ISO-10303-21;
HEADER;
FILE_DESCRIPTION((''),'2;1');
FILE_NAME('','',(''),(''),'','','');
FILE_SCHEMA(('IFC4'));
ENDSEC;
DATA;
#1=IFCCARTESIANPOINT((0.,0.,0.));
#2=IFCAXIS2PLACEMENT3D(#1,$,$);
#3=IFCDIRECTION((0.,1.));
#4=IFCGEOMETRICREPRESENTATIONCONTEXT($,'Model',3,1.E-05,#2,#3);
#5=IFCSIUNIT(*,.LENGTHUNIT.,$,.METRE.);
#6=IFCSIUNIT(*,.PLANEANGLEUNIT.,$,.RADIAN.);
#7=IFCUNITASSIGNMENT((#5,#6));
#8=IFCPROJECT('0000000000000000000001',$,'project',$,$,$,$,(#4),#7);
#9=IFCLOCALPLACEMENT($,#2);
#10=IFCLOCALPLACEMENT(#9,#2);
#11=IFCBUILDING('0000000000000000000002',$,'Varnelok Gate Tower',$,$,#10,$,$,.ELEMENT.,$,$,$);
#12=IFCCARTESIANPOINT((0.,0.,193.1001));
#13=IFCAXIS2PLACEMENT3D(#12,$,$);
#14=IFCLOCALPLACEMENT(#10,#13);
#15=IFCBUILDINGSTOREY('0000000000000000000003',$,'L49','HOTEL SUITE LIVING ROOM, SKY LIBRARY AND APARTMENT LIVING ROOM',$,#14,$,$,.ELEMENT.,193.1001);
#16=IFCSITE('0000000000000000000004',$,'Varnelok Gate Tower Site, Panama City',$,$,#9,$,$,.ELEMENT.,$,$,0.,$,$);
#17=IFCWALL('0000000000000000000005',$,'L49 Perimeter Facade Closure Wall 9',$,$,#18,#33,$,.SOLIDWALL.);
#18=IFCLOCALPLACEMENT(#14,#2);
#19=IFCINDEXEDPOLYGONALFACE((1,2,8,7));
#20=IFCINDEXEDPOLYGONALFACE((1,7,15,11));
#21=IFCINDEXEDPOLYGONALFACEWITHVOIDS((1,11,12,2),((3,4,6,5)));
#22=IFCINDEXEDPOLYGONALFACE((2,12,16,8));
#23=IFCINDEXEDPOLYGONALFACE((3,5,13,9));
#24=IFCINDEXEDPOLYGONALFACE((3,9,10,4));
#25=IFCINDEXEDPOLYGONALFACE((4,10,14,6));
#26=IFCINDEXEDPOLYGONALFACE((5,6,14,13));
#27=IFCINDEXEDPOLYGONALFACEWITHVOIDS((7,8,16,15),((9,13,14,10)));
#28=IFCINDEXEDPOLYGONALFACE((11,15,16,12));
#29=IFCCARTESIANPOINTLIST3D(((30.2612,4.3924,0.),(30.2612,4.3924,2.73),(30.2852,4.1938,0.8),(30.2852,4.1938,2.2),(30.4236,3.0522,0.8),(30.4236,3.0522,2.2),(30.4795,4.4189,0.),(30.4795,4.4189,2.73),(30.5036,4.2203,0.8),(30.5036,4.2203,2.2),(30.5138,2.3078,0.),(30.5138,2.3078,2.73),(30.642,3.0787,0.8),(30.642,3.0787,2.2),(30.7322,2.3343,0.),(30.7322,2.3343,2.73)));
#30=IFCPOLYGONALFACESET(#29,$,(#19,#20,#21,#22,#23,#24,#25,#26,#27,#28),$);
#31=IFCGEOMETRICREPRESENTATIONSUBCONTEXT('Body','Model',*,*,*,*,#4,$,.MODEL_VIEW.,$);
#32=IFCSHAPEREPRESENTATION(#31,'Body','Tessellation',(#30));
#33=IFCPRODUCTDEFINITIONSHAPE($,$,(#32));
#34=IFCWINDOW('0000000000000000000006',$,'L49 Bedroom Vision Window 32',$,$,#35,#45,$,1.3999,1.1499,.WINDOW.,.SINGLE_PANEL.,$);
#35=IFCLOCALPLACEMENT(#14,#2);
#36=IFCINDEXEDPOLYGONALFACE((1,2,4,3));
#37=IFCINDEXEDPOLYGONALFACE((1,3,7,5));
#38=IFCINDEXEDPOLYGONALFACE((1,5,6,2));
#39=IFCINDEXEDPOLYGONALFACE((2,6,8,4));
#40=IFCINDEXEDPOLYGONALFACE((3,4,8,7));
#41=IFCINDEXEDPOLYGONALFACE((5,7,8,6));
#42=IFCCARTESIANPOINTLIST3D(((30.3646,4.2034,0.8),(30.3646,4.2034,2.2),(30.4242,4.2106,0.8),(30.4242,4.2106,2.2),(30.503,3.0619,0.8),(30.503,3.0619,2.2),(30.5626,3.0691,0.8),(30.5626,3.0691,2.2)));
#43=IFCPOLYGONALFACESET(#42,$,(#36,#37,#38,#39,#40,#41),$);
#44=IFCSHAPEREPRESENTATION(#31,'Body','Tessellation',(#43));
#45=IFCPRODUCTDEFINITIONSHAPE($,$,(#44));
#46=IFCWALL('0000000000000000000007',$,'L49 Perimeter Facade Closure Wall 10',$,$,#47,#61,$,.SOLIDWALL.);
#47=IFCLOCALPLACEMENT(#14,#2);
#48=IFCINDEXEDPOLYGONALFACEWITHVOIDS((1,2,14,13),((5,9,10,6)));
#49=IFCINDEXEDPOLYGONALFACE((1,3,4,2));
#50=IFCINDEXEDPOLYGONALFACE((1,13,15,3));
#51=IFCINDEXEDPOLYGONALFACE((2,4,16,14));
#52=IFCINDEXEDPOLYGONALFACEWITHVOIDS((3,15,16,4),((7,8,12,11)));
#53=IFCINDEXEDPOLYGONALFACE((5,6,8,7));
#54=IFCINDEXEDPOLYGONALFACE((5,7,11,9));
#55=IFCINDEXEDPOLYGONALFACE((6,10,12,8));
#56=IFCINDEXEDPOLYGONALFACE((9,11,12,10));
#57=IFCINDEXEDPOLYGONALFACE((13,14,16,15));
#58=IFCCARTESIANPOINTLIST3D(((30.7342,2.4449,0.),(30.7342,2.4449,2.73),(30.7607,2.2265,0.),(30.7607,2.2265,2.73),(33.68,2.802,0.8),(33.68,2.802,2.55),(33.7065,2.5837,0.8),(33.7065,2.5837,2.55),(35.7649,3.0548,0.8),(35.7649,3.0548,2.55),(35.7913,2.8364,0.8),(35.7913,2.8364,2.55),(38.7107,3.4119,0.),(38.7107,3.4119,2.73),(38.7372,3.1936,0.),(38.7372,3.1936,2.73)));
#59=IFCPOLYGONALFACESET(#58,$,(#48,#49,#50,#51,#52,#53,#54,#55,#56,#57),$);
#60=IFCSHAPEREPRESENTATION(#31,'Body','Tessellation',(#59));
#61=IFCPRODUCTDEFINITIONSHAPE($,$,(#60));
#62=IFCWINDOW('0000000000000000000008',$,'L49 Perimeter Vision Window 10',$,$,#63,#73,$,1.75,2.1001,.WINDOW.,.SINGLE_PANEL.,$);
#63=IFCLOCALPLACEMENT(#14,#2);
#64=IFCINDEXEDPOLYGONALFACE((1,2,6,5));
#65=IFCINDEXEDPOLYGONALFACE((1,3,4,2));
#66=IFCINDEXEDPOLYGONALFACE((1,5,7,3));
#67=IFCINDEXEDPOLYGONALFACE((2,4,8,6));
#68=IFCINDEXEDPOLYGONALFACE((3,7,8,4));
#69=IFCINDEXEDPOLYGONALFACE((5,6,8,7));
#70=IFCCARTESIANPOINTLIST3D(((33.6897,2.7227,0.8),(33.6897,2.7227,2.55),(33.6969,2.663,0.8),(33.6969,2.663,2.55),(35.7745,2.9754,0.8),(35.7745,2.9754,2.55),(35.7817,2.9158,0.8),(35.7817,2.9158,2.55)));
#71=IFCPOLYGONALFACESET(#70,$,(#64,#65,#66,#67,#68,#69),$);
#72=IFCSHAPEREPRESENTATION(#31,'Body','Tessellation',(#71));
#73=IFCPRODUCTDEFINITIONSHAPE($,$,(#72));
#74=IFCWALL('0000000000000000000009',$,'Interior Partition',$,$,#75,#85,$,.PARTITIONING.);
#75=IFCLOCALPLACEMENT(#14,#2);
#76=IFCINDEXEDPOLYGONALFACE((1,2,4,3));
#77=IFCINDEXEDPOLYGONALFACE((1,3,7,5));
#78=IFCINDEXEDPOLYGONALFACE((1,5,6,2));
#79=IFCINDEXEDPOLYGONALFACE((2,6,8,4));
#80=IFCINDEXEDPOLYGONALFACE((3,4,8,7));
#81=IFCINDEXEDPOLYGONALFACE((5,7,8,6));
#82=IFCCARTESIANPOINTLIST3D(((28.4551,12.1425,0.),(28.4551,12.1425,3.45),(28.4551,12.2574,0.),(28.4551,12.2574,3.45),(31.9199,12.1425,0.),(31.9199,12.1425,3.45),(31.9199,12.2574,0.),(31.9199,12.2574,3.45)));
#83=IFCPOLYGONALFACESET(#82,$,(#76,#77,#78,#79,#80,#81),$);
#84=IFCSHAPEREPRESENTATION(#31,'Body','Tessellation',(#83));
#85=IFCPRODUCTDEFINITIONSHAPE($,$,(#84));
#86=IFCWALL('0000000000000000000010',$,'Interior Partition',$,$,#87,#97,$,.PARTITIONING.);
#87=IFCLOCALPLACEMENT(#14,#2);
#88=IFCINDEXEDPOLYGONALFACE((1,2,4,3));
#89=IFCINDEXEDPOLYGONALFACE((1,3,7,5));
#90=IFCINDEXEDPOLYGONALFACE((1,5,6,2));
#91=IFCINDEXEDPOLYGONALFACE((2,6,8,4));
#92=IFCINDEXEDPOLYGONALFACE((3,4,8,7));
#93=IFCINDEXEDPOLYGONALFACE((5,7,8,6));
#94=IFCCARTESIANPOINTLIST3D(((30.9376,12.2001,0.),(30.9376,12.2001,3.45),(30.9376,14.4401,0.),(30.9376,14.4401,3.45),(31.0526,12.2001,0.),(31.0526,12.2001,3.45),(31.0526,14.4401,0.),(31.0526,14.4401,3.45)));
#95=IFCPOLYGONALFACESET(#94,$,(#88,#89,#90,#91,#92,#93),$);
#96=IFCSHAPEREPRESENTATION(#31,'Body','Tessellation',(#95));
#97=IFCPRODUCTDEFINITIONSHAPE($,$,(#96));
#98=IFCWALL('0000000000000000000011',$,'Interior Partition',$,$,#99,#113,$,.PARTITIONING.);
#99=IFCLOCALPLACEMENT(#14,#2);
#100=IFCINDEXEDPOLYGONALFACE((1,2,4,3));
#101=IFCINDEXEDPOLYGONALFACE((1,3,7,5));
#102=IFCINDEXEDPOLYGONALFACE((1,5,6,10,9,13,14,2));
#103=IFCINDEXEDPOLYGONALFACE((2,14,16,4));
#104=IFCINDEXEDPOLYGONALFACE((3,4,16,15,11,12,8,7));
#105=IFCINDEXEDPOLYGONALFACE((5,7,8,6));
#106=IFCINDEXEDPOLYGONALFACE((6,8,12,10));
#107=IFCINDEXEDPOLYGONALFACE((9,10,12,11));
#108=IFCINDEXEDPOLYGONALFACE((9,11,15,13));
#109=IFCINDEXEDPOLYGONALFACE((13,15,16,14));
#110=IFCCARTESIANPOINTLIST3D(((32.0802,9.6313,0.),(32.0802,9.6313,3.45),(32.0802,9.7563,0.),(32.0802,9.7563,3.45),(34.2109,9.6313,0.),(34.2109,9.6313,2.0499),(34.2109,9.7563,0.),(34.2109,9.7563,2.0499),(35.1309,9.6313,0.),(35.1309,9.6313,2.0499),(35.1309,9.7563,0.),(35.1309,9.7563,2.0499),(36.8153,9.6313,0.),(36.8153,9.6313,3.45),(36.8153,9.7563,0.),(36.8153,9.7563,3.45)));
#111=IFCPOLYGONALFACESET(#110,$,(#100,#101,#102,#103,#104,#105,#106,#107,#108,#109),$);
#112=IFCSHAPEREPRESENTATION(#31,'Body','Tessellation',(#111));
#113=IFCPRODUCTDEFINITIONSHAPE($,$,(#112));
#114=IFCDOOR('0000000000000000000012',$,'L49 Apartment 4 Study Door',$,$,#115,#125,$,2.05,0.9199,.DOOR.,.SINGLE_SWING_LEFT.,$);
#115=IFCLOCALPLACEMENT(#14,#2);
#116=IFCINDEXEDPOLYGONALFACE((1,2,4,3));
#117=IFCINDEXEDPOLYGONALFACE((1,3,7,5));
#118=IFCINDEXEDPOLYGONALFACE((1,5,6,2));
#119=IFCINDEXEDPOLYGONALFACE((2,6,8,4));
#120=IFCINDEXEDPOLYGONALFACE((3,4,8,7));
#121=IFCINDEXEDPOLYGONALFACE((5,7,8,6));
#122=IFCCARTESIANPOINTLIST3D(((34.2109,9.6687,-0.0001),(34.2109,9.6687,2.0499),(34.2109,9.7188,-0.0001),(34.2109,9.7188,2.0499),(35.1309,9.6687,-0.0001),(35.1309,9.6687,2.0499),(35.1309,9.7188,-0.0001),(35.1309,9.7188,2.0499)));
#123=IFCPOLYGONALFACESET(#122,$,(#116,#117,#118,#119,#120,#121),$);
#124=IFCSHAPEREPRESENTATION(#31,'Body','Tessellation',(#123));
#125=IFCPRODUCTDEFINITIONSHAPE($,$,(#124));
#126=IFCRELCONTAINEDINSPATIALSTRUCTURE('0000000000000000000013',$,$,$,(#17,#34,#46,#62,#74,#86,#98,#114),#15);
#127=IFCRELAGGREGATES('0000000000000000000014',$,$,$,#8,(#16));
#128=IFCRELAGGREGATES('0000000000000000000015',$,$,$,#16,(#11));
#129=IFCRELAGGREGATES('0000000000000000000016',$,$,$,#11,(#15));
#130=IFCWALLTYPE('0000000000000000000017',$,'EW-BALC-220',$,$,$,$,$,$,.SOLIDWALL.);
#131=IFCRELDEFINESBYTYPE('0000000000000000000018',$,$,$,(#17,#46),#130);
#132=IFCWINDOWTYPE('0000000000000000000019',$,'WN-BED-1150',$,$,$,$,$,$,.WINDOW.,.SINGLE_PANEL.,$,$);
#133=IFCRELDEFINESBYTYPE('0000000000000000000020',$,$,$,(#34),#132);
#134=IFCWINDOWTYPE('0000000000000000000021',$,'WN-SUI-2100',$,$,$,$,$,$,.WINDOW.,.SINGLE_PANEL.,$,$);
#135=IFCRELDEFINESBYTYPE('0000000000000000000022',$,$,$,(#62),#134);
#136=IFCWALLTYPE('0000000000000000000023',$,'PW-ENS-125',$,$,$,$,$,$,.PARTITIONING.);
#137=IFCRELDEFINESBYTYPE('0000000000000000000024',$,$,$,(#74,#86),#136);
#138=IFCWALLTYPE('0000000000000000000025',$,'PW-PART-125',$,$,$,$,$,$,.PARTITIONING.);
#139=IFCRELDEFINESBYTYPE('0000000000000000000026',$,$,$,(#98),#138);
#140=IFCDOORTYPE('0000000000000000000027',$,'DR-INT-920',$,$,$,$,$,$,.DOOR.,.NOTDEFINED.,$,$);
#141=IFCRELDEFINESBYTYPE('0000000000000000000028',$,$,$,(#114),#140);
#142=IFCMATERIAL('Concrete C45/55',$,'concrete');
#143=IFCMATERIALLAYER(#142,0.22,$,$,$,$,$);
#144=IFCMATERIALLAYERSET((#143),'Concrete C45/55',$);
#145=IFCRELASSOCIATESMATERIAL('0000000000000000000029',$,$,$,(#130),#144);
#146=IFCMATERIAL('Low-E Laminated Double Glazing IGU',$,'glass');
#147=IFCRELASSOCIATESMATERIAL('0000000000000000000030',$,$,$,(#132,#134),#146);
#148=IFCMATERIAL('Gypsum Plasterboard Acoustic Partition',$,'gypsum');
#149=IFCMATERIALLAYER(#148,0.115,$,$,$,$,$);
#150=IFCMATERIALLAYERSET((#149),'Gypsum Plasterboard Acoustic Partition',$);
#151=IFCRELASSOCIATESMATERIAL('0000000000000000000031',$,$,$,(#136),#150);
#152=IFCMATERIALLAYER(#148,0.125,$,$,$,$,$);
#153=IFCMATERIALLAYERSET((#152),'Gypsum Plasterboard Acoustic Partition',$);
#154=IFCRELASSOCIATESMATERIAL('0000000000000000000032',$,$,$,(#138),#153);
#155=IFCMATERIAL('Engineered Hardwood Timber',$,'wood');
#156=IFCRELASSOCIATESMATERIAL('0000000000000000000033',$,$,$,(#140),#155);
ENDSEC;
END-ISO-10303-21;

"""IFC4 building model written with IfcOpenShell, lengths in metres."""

from ifc_helpers import new_model, si_unit, direction, frame, frame_2d, origin, place, context, subcontext, project, spatial, rectangle, extrude, material, layer, layer_set, type_object, element, fill, save


model = new_model("IFC4")

# Units and contexts
model_context = context("Model", 3, precision=1e-05, world=origin(), true_north=direction((0.0, 1.0)))
body_context = subcontext(model_context, "Body", "Model", "MODEL_VIEW")
ifc_project = project(units=[si_unit("LENGTHUNIT", "METRE"), si_unit("PLANEANGLEUNIT", "RADIAN")], contexts=[model_context])

# Site, building, storey
site_placement = place(None, origin())
site = spatial("IfcSite", under=ifc_project, at=site_placement, Name="Varnelok Gate Tower Site, Panama City", CompositionType="ELEMENT", RefElevation=0.0)
building_placement = place(site_placement, origin())
building = spatial("IfcBuilding", under=site, at=building_placement, Name="Varnelok Gate Tower", CompositionType="ELEMENT")
storey_placement = place(building_placement, frame((0.0, 0.0, 193.1001)))
storey = spatial("IfcBuildingStorey", under=building, at=storey_placement, Name="L49", Description="HOTEL SUITE LIVING ROOM, SKY LIBRARY AND APARTMENT LIVING ROOM", CompositionType="ELEMENT", Elevation=193.1001)

# Shared definitions
ifc_material_1 = material(Name="Concrete C45/55", Category="concrete")
ifc_layer_1 = layer(ifc_material_1, 0.22)
ifc_layer_set_1 = layer_set([ifc_layer_1], Name="Concrete C45/55")
wall_type_1 = type_object("IfcWallType", Name="EW-BALC-220", PredefinedType="SOLIDWALL", material=ifc_layer_set_1)

# Walls, openings, windows
wall_1_placement = place(storey_placement, frame((30.3704, 4.4055, 0.0), z_axis=(0.0, 0.0, 1.0), x_axis=(0.120328, -0.992734, 0.0)))
wall_1 = element("IfcWall", 1, at=wall_1_placement, inside=storey, type_object=wall_type_1, Name="L49 Perimeter Facade Closure Wall 9", PredefinedType="SOLIDWALL", context=body_context, shape_type="SweptSolid", body=[
    extrude(rectangle(XDim=2.0999, YDim=0.22, at=frame_2d((1.0498, 0.0))), origin(), (0.0, 0.0, 1.0), 2.73),
])
opening_1_placement = place(wall_1_placement, frame((0.2, 0.0, 0.8)))
opening_1 = element("IfcOpeningElement", 2, at=opening_1_placement, cuts=wall_1, PredefinedType="OPENING", context=body_context, shape_type="SweptSolid", body=[
    extrude(rectangle(XDim=1.1499, YDim=1.3999, at=frame_2d((0.575, 0.7))), frame((0.0, 0.1199, 0.0), z_axis=(0.0, -1.0, 0.0), x_axis=(1.0, 0.0, 0.0)), (0.0, 0.0, 1.0), 0.24),
])
ifc_material_2 = material(Name="Low-E Laminated Double Glazing IGU", Category="glass")
window_type_1 = type_object("IfcWindowType", Name="WN-BED-1150", PartitioningType="SINGLE_PANEL", PredefinedType="WINDOW", material=ifc_material_2)
window_1_placement = place(opening_1_placement, origin())
window_1 = element("IfcWindow", 3, at=window_1_placement, inside=storey, type_object=window_type_1, Name="L49 Bedroom Vision Window 32", OverallHeight=1.3999, OverallWidth=1.1499, PartitioningType="SINGLE_PANEL", PredefinedType="WINDOW", context=body_context, shape_type="SweptSolid", body=[
    extrude(rectangle(XDim=1.1499, YDim=1.3999, at=frame_2d((0.575, 0.7))), frame((0.0, 0.03, 0.0), z_axis=(0.0, -1.0, 0.0), x_axis=(1.0, 0.0, 0.0)), (0.0, 0.0, 1.0), 0.0601),
])
fill(opening_1, window_1)
wall_2_placement = place(storey_placement, frame((30.7473, 2.3357, 0.0), z_axis=(0.0, 0.0, 1.0), x_axis=(0.992731, 0.120354, 0.0)))
wall_2 = element("IfcWall", 4, at=wall_2_placement, inside=storey, type_object=wall_type_1, Name="L49 Perimeter Facade Closure Wall 10", PredefinedType="SOLIDWALL", context=body_context, shape_type="SweptSolid", body=[
    extrude(rectangle(XDim=8.0349, YDim=0.22, at=frame_2d((4.0176, 0.0))), origin(), (0.0, 0.0, 1.0), 2.73),
])
opening_2_placement = place(wall_2_placement, frame((2.9675, 0.0, 0.8)))
opening_2 = element("IfcOpeningElement", 5, at=opening_2_placement, cuts=wall_2, PredefinedType="OPENING", context=body_context, shape_type="SweptSolid", body=[
    extrude(rectangle(XDim=2.1001, YDim=1.75, at=frame_2d((1.05, 0.875))), frame((0.0, 0.1199, 0.0), z_axis=(0.0, -1.0, 0.0), x_axis=(1.0, 0.0, 0.0)), (0.0, 0.0, 1.0), 0.24),
])
window_type_2 = type_object("IfcWindowType", Name="WN-SUI-2100", PartitioningType="SINGLE_PANEL", PredefinedType="WINDOW", material=ifc_material_2)
window_2_placement = place(opening_2_placement, origin())
window_2 = element("IfcWindow", 6, at=window_2_placement, inside=storey, type_object=window_type_2, Name="L49 Perimeter Vision Window 10", OverallHeight=1.75, OverallWidth=2.1001, PartitioningType="SINGLE_PANEL", PredefinedType="WINDOW", context=body_context, shape_type="SweptSolid", body=[
    extrude(rectangle(XDim=2.1001, YDim=1.75, at=frame_2d((1.05, 0.875))), frame((0.0, 0.03, 0.0), z_axis=(0.0, -1.0, 0.0), x_axis=(1.0, 0.0, 0.0)), (0.0, 0.0, 1.0), 0.0601),
])
fill(opening_2, window_2)

# Walls
ifc_material_3 = material(Name="Gypsum Plasterboard Acoustic Partition", Category="gypsum")
ifc_layer_2 = layer(ifc_material_3, 0.115)
ifc_layer_set_2 = layer_set([ifc_layer_2], Name="Gypsum Plasterboard Acoustic Partition")
wall_type_2 = type_object("IfcWallType", Name="PW-ENS-125", PredefinedType="PARTITIONING", material=ifc_layer_set_2)
wall_3_placement = place(storey_placement, frame((28.4551, 12.2, 0.0), z_axis=(0.0, 0.0, 1.0), x_axis=(1.0, 0.0, 0.0)))
element("IfcWall", 7, at=wall_3_placement, inside=storey, type_object=wall_type_2, Name="Interior Partition", PredefinedType="PARTITIONING", context=body_context, shape_type="SweptSolid", body=[
    extrude(rectangle(XDim=3.4648, YDim=0.115, at=frame_2d((1.7324, 0.0))), origin(), (0.0, 0.0, 1.0), 3.45),
])
wall_4_placement = place(storey_placement, frame((30.9951, 12.2, 0.0), z_axis=(0.0, 0.0, 1.0), x_axis=(0.0, 1.0, 0.0)))
element("IfcWall", 8, at=wall_4_placement, inside=storey, type_object=wall_type_2, Name="Interior Partition", PredefinedType="PARTITIONING", context=body_context, shape_type="SweptSolid", body=[
    extrude(rectangle(XDim=2.24, YDim=0.115, at=frame_2d((1.1201, 0.0))), origin(), (0.0, 0.0, 1.0), 3.45),
])

# Wall, opening, door
ifc_layer_3 = layer(ifc_material_3, 0.125)
ifc_layer_set_3 = layer_set([ifc_layer_3], Name="Gypsum Plasterboard Acoustic Partition")
wall_type_3 = type_object("IfcWallType", Name="PW-PART-125", PredefinedType="PARTITIONING", material=ifc_layer_set_3)
wall_5_placement = place(storey_placement, frame((32.0801, 9.6938, 0.0), z_axis=(0.0, 0.0, 1.0), x_axis=(1.0, 0.0, 0.0)))
wall_5 = element("IfcWall", 9, at=wall_5_placement, inside=storey, type_object=wall_type_3, Name="Interior Partition", PredefinedType="PARTITIONING", context=body_context, shape_type="SweptSolid", body=[
    extrude(rectangle(XDim=4.7351, YDim=0.125, at=frame_2d((2.3677, 0.0))), origin(), (0.0, 0.0, 1.0), 3.45),
])
opening_3_placement = place(wall_5_placement, frame((2.1309, 0.0, 0.0)))
opening_3 = element("IfcOpeningElement", 10, at=opening_3_placement, cuts=wall_5, PredefinedType="OPENING", context=body_context, shape_type="SweptSolid", body=[
    extrude(rectangle(XDim=0.9199, YDim=2.05, at=frame_2d((0.46, 1.0249))), frame((0.0, 0.0725, 0.0), z_axis=(0.0, -1.0, 0.0), x_axis=(1.0, 0.0, 0.0)), (0.0, 0.0, 1.0), 0.145),
])
ifc_material_4 = material(Name="Engineered Hardwood Timber", Category="wood")
door_type_1 = type_object("IfcDoorType", Name="DR-INT-920", OperationType="NOTDEFINED", PredefinedType="DOOR", material=ifc_material_4)
door_1_placement = place(opening_3_placement, origin())
door_1 = element("IfcDoor", 11, at=door_1_placement, inside=storey, type_object=door_type_1, Name="L49 Apartment 4 Study Door", OperationType="SINGLE_SWING_LEFT", OverallHeight=2.05, OverallWidth=0.9199, PredefinedType="DOOR", context=body_context, shape_type="SweptSolid", body=[
    extrude(rectangle(XDim=0.9199, YDim=2.05, at=frame_2d((0.46, 1.0249))), frame((0.0, 0.0249, 0.0), z_axis=(0.0, -1.0, 0.0), x_axis=(1.0, 0.0, 0.0)), (0.0, 0.0, 1.0), 0.05),
])
fill(opening_3, door_1)

save(model, "model.ifc")
